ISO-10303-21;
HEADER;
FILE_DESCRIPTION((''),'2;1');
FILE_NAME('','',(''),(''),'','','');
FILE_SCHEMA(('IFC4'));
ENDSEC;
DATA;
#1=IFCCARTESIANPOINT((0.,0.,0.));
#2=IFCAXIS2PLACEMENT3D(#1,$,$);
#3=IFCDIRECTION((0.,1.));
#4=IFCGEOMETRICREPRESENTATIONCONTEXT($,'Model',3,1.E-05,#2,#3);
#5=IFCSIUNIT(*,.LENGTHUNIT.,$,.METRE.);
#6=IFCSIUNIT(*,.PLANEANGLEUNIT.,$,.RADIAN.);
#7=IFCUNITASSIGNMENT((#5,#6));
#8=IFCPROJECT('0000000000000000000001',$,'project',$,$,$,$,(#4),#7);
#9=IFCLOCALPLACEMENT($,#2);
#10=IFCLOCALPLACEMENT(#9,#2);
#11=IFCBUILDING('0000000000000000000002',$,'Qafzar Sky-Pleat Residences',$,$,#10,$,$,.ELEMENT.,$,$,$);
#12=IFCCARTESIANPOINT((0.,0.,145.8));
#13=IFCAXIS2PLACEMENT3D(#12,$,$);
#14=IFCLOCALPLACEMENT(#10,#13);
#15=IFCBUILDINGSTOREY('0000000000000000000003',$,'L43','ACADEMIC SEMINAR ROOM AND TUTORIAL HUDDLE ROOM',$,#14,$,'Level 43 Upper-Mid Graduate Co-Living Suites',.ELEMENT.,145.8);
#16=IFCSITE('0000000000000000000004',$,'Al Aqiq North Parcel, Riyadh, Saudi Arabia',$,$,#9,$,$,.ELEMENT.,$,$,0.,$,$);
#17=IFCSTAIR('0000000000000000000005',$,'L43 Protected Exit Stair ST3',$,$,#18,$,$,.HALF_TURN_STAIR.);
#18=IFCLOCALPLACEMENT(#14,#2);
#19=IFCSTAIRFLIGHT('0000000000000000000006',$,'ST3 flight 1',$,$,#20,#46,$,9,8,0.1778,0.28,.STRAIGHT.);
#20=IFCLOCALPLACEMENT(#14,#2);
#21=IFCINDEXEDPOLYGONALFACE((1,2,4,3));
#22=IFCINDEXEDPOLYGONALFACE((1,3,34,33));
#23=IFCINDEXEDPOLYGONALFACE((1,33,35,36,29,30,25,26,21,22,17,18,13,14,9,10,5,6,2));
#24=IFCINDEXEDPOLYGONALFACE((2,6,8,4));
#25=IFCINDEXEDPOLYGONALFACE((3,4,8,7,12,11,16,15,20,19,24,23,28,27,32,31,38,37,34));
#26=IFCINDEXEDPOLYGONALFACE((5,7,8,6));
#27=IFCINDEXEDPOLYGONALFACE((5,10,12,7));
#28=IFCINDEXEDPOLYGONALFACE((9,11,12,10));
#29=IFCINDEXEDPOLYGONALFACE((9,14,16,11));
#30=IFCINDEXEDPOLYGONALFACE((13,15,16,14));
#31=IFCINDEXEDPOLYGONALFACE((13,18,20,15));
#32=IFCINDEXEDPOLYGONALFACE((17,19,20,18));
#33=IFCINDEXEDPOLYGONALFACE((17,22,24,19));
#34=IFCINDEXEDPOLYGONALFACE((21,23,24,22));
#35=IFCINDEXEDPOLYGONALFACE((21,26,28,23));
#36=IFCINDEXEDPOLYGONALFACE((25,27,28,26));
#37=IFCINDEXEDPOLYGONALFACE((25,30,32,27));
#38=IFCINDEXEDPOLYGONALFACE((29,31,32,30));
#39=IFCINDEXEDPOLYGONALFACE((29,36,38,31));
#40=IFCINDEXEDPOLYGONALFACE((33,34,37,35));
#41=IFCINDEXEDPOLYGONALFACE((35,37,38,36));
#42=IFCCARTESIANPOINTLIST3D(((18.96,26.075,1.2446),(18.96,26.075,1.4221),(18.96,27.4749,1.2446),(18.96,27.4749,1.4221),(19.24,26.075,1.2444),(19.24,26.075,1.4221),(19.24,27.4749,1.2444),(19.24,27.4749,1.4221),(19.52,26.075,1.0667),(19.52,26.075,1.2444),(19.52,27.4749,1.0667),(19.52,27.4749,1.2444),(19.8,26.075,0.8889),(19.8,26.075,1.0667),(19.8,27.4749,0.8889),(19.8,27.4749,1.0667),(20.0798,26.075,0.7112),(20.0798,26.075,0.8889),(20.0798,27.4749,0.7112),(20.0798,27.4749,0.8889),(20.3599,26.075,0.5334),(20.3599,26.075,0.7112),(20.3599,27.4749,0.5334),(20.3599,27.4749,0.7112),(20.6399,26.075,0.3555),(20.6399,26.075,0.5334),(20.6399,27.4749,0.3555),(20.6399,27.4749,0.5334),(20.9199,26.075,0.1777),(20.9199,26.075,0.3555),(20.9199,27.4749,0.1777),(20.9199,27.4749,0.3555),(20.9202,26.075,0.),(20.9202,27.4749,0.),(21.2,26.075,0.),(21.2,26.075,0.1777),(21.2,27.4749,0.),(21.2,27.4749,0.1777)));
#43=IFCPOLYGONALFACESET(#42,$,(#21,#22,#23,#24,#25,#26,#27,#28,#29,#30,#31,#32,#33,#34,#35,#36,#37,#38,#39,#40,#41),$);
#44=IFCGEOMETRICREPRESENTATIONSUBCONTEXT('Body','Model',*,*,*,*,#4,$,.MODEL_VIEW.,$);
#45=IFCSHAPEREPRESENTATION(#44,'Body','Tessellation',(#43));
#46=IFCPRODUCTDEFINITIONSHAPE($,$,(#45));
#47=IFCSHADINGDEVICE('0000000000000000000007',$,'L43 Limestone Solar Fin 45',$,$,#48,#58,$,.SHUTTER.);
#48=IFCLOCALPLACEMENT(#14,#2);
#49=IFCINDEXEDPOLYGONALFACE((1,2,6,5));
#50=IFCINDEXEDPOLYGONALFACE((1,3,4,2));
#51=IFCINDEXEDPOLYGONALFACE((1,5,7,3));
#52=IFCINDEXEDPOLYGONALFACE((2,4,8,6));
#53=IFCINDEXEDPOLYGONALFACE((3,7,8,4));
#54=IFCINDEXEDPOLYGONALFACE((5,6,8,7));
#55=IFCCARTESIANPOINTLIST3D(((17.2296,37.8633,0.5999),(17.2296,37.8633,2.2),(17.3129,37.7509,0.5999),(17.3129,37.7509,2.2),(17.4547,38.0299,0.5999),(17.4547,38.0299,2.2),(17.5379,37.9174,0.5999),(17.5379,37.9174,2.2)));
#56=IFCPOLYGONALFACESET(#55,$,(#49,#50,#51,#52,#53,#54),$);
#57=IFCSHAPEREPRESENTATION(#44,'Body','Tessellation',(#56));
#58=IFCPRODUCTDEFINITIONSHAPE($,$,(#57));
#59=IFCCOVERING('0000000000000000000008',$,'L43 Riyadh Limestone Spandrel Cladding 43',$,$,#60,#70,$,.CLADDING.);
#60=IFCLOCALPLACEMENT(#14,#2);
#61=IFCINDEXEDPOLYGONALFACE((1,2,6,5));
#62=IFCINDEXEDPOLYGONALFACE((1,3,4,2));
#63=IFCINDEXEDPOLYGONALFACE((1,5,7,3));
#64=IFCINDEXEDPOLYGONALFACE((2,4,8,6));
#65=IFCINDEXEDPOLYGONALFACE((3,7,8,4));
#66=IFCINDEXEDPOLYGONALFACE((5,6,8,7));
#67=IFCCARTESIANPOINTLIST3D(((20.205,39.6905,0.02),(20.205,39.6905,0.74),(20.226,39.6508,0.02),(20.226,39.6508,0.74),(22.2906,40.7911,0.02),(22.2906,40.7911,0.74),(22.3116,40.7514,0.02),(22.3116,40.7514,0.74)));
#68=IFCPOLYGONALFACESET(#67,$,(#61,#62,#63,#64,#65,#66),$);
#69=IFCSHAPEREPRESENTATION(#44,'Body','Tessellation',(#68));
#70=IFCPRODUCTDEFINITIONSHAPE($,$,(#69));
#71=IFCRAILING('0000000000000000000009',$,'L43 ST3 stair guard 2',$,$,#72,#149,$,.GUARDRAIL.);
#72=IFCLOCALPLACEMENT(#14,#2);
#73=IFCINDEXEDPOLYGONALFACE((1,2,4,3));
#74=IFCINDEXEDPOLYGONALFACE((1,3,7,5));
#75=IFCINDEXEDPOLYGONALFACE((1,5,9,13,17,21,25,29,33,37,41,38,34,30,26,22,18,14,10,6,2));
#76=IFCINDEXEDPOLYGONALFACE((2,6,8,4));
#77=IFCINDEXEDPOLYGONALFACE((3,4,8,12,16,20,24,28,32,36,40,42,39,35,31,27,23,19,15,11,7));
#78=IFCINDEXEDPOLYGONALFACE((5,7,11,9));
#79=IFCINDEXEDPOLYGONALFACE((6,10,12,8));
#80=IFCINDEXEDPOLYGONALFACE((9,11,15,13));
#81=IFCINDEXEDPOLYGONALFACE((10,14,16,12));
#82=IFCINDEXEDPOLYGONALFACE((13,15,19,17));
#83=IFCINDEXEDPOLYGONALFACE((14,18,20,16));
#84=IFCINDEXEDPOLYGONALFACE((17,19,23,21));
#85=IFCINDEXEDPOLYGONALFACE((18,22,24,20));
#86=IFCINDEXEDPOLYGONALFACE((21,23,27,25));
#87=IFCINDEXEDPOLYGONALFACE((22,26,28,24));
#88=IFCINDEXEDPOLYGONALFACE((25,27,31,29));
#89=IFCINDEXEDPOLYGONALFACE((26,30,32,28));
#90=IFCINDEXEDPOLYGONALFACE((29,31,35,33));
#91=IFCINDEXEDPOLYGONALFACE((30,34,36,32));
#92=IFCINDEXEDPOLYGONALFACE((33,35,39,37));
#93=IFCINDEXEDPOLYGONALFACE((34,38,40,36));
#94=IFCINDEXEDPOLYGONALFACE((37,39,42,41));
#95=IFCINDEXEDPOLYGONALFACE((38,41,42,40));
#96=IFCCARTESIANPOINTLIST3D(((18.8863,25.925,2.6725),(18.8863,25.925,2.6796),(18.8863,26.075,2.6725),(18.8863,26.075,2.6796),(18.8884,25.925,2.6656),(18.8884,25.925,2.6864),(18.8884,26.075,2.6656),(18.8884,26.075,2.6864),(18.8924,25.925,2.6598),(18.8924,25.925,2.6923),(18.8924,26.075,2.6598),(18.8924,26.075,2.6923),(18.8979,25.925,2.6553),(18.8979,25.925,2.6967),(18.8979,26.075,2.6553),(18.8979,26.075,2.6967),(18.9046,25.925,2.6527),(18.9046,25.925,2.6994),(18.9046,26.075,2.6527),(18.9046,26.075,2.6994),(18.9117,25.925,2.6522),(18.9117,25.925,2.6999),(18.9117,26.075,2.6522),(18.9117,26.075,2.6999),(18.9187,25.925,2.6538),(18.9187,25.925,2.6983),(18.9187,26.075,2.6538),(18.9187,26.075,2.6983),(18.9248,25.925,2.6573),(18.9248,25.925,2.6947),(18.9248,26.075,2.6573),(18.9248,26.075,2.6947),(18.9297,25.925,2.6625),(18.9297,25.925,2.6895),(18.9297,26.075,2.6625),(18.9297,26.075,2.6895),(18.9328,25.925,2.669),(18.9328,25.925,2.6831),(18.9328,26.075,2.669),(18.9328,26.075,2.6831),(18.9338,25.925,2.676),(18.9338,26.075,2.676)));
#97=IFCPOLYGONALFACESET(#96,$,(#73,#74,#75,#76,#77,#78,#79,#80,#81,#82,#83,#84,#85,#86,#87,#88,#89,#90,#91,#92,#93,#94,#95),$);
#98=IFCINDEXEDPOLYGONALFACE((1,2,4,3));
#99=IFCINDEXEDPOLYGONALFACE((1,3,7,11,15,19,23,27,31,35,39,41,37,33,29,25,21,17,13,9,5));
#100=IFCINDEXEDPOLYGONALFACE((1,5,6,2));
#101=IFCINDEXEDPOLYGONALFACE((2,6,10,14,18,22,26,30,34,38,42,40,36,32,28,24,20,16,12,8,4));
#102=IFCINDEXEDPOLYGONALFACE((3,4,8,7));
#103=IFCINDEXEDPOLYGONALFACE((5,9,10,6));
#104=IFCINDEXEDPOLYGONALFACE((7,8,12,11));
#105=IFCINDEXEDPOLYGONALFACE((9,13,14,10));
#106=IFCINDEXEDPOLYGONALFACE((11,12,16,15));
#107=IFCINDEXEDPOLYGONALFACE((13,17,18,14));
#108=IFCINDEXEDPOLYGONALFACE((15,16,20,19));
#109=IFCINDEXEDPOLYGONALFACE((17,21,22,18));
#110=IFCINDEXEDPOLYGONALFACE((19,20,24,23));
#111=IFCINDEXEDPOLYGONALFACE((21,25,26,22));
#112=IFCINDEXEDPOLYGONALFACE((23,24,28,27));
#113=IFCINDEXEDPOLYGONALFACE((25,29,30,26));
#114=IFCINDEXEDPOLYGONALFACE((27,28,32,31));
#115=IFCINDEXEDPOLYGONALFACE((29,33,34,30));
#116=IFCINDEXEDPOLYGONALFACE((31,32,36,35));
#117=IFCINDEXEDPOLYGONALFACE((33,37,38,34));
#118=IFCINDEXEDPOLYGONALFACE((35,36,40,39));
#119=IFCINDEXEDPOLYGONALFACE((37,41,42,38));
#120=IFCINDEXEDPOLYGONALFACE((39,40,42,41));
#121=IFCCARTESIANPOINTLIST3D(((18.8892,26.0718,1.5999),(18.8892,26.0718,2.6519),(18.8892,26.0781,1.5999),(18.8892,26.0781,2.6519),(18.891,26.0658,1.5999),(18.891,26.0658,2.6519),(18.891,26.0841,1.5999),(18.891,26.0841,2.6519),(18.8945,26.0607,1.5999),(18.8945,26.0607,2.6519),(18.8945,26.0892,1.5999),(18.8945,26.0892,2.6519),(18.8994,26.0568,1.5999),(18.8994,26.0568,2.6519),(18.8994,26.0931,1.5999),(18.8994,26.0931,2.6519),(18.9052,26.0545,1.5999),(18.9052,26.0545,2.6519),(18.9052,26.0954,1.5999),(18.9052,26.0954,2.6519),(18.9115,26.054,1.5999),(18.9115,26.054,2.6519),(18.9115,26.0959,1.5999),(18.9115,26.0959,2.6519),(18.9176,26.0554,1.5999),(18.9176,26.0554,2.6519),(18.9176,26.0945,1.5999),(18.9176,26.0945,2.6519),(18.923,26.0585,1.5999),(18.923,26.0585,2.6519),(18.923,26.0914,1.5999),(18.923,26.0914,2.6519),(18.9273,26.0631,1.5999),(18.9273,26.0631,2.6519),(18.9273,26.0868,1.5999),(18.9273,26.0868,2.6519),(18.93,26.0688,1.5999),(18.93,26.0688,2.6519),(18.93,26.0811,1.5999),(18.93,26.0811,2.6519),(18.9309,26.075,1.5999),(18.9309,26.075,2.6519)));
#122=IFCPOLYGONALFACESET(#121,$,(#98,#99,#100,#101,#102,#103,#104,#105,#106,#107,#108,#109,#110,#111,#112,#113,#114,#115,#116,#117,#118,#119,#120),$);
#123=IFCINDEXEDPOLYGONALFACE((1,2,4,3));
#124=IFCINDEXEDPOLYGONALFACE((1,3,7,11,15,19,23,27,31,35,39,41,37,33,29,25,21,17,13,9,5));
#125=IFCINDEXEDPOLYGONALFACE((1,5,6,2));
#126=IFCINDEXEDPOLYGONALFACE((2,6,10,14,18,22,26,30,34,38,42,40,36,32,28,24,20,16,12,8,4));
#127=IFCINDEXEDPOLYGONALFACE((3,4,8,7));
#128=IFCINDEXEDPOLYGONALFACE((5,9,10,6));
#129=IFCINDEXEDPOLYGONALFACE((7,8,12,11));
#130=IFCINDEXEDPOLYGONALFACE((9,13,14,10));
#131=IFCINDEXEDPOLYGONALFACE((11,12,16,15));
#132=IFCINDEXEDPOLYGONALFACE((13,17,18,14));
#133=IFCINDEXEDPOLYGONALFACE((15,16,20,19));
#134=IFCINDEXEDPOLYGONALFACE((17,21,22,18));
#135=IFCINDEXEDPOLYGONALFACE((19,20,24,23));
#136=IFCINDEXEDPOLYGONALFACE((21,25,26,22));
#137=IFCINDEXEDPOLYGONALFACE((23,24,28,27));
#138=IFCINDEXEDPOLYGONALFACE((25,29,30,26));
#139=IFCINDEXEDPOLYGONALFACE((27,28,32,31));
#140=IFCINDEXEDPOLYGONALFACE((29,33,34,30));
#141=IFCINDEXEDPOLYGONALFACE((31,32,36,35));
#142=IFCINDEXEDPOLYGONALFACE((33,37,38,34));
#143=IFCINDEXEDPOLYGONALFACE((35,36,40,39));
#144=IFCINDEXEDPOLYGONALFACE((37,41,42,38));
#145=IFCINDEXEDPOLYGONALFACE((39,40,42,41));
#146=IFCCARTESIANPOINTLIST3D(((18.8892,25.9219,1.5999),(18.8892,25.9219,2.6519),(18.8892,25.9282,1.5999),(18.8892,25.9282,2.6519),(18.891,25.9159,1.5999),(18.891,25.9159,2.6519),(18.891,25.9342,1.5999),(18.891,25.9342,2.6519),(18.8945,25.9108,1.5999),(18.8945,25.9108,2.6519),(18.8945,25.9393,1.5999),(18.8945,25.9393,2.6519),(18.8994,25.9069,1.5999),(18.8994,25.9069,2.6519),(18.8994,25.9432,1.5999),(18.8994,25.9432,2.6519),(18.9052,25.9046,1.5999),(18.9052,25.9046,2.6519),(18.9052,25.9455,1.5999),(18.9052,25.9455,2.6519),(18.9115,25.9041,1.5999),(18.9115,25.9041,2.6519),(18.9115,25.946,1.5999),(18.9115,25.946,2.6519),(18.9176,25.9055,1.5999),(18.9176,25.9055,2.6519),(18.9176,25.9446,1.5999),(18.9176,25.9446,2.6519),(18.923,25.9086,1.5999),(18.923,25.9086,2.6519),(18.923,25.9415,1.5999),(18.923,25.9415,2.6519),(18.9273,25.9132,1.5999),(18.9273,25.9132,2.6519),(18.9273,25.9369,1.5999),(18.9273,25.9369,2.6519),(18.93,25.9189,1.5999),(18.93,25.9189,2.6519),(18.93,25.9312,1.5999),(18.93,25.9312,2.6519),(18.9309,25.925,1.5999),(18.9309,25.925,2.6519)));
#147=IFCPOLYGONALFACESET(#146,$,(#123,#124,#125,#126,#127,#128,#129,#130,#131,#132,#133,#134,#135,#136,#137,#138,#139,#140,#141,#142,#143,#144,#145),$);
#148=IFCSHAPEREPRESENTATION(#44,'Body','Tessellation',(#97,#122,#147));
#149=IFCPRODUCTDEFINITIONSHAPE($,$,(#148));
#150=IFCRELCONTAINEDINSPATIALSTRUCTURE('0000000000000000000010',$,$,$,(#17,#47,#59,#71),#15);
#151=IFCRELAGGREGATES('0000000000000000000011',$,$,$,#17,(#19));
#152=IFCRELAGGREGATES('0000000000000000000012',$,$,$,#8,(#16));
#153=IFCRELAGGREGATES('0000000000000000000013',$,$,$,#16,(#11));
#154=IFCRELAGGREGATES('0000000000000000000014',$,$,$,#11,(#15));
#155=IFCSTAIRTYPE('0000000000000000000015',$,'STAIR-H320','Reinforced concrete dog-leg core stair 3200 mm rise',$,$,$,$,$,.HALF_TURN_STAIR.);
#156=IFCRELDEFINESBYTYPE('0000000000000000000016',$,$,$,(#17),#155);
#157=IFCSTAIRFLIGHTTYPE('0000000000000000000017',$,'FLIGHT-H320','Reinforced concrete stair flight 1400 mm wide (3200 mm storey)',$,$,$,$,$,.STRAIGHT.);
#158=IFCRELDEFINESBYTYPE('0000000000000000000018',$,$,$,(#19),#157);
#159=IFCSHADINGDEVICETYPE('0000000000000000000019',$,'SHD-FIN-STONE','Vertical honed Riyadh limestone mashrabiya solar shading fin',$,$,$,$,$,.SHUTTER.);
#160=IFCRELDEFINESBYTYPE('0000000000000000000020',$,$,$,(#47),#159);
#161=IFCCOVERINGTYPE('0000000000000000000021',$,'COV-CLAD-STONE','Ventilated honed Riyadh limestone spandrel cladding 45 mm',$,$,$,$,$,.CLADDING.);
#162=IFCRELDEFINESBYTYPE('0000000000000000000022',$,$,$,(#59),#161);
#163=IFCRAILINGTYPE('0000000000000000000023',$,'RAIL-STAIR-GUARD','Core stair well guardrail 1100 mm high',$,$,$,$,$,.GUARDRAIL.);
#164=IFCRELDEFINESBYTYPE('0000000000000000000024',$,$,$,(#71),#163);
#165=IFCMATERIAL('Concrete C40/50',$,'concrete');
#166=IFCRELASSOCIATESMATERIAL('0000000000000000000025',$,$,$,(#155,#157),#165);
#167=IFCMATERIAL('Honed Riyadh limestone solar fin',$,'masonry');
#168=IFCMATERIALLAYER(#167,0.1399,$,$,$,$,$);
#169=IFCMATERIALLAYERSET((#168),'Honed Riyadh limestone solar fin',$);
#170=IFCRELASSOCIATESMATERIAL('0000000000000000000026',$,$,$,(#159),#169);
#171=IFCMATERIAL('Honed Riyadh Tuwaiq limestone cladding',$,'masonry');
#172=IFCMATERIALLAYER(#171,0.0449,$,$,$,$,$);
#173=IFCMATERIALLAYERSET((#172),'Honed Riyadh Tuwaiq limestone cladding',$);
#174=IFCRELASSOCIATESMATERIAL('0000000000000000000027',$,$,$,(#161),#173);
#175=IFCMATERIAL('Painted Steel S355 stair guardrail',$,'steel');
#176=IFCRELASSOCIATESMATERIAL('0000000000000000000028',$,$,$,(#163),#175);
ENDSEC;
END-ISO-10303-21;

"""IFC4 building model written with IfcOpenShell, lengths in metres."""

from ifc_helpers import new_model, si_unit, direction, frame, origin, origin_2d, place, context, subcontext, project, spatial, polyline, rectangle, circle, outline, extrude, source, transform, mapped, material, layer, layer_set, type_object, element, aggregate, save


model = new_model("IFC4")

# Units and contexts
model_context = context("Model", 3, precision=1e-05, world=origin(), true_north=direction((0.0, 1.0)))
body_context = subcontext(model_context, "Body", "Model", "MODEL_VIEW")
ifc_project = project(units=[si_unit("LENGTHUNIT", "METRE"), si_unit("PLANEANGLEUNIT", "RADIAN")], contexts=[model_context])

# Site, building, storey
site_placement = place(None, origin())
site = spatial("IfcSite", under=ifc_project, at=site_placement, Name="Al Aqiq North Parcel, Riyadh, Saudi Arabia", CompositionType="ELEMENT", RefElevation=0.0)
building_placement = place(site_placement, origin())
building = spatial("IfcBuilding", under=site, at=building_placement, Name="Qafzar Sky-Pleat Residences", CompositionType="ELEMENT")
storey_placement = place(building_placement, frame((0.0, 0.0, 145.8)))
storey = spatial("IfcBuildingStorey", under=building, at=storey_placement, Name="L43", Description="ACADEMIC SEMINAR ROOM AND TUTORIAL HUDDLE ROOM", LongName="Level 43 Upper-Mid Graduate Co-Living Suites", CompositionType="ELEMENT", Elevation=145.8)

# Stair, stair flight
ifc_material_1 = material(Name="Concrete C40/50", Category="concrete")
stair_type = type_object("IfcStairType", Name="STAIR-H320", Description="Reinforced concrete dog-leg core stair 3200 mm rise", PredefinedType="HALF_TURN_STAIR", material=ifc_material_1)
stair_placement = place(storey_placement, origin())
stair = element("IfcStair", 1, at=stair_placement, inside=storey, type_object=stair_type, Name="L43 Protected Exit Stair ST3", PredefinedType="HALF_TURN_STAIR")
stair_flight_type = type_object("IfcStairFlightType", Name="FLIGHT-H320", Description="Reinforced concrete stair flight 1400 mm wide (3200 mm storey)", PredefinedType="STRAIGHT", material=ifc_material_1)
shared_shape_1 = source(origin(), body_context, "Body", "SweptSolid", [
    extrude(outline(polyline([(0.0, 0.0), (0.0, 0.1777), (0.28, 0.1777), (0.28, 0.3555), (0.5601, 0.3555), (0.5601, 0.5334), (0.8401, 0.5334), (0.8401, 0.7112), (1.1201, 0.7112), (1.1201, 0.8889), (1.3999, 0.8889), (1.3999, 1.0667), (1.6799, 1.0667), (1.6799, 1.2444), (1.96, 1.2444), (1.96, 1.4221), (2.24, 1.4221), (2.24, 1.6001), (2.24, 1.2446), (0.2798, 0.0), (0.0, 0.0)])), frame((0.0, 0.7, 0.0), z_axis=(0.0, -1.0, 0.0), x_axis=(1.0, 0.0, 0.0)), (0.0, 0.0, 1.0), 1.3999),
])
stair_flight_placement = place(storey_placement, frame((21.2, 26.7749, 0.0), z_axis=(0.0, 0.0, 1.0), x_axis=(-1.0, 0.0, 0.0)))
stair_flight = element("IfcStairFlight", 2, at=stair_flight_placement, type_object=stair_flight_type, Name="ST3 flight 1", NumberOfRisers=9, NumberOfTreads=8, PredefinedType="STRAIGHT", RiserHeight=0.1778, TreadLength=0.28, context=body_context, shape_type="MappedRepresentation", body=[
    mapped(shared_shape_1, transform((0.0, 0.0, 0.0), x_axis=(1.0, 0.0, 0.0), y_axis=(0.0, 1.0, 0.0), z_axis=(0.0, 0.0, 1.0), scale=1.0)),
])
aggregate(stair, [stair_flight])

# Shading device
ifc_material_2 = material(Name="Honed Riyadh limestone solar fin", Category="masonry")
ifc_layer_1 = layer(ifc_material_2, 0.1399)
ifc_layer_set_1 = layer_set([ifc_layer_1], Name="Honed Riyadh limestone solar fin")
shading_device_type = type_object("IfcShadingDeviceType", Name="SHD-FIN-STONE", Description="Vertical honed Riyadh limestone mashrabiya solar shading fin", PredefinedType="SHUTTER", material=ifc_layer_set_1)
shared_shape_2 = source(origin(), body_context, "Body", "SweptSolid", [
    extrude(rectangle(XDim=0.1399, YDim=0.28, at=origin_2d()), origin(), (0.0, 0.0, 1.0), 1.6001),
])
shading_device_placement = place(storey_placement, frame((17.3838, 37.8904, 0.5999), z_axis=(0.0, 0.0, 1.0), x_axis=(-0.594883, 0.803812, 0.0)))
element("IfcShadingDevice", 3, at=shading_device_placement, inside=storey, type_object=shading_device_type, Name="L43 Limestone Solar Fin 45", PredefinedType="SHUTTER", context=body_context, shape_type="MappedRepresentation", body=[
    mapped(shared_shape_2, transform((0.0, 0.0, 0.0), x_axis=(1.0, 0.0, 0.0), y_axis=(0.0, 1.0, 0.0), z_axis=(0.0, 0.0, 1.0), scale=1.0)),
])

# Covering
ifc_material_3 = material(Name="Honed Riyadh Tuwaiq limestone cladding", Category="masonry")
ifc_layer_2 = layer(ifc_material_3, 0.0449)
ifc_layer_set_2 = layer_set([ifc_layer_2], Name="Honed Riyadh Tuwaiq limestone cladding")
covering_type = type_object("IfcCoveringType", Name="COV-CLAD-STONE", Description="Ventilated honed Riyadh limestone spandrel cladding 45 mm", PredefinedType="CLADDING", material=ifc_layer_set_2)
shared_shape_3 = source(origin(), body_context, "Body", "SweptSolid", [
    extrude(rectangle(XDim=2.3582, YDim=0.0449, at=origin_2d()), origin(), (0.0, 0.0, 1.0), 0.72),
])
covering_placement = place(storey_placement, frame((21.2583, 40.2209, 0.02), z_axis=(0.0, 0.0, 1.0), x_axis=(-0.884396, -0.466737, 0.0)))
element("IfcCovering", 4, at=covering_placement, inside=storey, type_object=covering_type, Name="L43 Riyadh Limestone Spandrel Cladding 43", PredefinedType="CLADDING", context=body_context, shape_type="MappedRepresentation", body=[
    mapped(shared_shape_3, transform((0.0, 0.0, 0.0), x_axis=(1.0, 0.0, 0.0), y_axis=(0.0, 1.0, 0.0), z_axis=(0.0, 0.0, 1.0), scale=1.0)),
])

# Railing
ifc_material_4 = material(Name="Painted Steel S355 stair guardrail", Category="steel")
railing_type_1 = type_object("IfcRailingType", Name="RAIL-STAIR-GUARD", Description="Core stair well guardrail 1100 mm high", PredefinedType="GUARDRAIL", material=ifc_material_4)
shared_shape_4 = source(origin(), body_context, "Body", "SweptSolid", [
    extrude(circle(Radius=0.0239, at=origin_2d()), frame((0.0, 0.0, 1.0762), z_axis=(0.0, -1.0, 0.0), x_axis=(1.0, 0.0, 0.0)), (0.0, 0.0, 1.0), 0.1499),
    extrude(circle(Radius=0.021, at=origin_2d()), origin(), (0.0, 0.0, 1.0), 1.052),
    extrude(circle(Radius=0.021, at=origin_2d()), frame((0.0, -0.1499, 0.0)), (0.0, 0.0, 1.0), 1.052),
])
for number, where, name in (
    (5, (18.9099, 26.075, 1.5999), "L43 ST3 stair guard 2"),
):
    element("IfcRailing", number, at=place(storey_placement, frame(where)), inside=storey, type_object=railing_type_1, Name=name, PredefinedType="GUARDRAIL", context=body_context, shape_type="MappedRepresentation", body=[
        mapped(shared_shape_4, transform((0.0, 0.0, 0.0), x_axis=(1.0, 0.0, 0.0), y_axis=(0.0, 1.0, 0.0), z_axis=(0.0, 0.0, 1.0), scale=1.0)),
    ])

save(model, "model.ifc")
